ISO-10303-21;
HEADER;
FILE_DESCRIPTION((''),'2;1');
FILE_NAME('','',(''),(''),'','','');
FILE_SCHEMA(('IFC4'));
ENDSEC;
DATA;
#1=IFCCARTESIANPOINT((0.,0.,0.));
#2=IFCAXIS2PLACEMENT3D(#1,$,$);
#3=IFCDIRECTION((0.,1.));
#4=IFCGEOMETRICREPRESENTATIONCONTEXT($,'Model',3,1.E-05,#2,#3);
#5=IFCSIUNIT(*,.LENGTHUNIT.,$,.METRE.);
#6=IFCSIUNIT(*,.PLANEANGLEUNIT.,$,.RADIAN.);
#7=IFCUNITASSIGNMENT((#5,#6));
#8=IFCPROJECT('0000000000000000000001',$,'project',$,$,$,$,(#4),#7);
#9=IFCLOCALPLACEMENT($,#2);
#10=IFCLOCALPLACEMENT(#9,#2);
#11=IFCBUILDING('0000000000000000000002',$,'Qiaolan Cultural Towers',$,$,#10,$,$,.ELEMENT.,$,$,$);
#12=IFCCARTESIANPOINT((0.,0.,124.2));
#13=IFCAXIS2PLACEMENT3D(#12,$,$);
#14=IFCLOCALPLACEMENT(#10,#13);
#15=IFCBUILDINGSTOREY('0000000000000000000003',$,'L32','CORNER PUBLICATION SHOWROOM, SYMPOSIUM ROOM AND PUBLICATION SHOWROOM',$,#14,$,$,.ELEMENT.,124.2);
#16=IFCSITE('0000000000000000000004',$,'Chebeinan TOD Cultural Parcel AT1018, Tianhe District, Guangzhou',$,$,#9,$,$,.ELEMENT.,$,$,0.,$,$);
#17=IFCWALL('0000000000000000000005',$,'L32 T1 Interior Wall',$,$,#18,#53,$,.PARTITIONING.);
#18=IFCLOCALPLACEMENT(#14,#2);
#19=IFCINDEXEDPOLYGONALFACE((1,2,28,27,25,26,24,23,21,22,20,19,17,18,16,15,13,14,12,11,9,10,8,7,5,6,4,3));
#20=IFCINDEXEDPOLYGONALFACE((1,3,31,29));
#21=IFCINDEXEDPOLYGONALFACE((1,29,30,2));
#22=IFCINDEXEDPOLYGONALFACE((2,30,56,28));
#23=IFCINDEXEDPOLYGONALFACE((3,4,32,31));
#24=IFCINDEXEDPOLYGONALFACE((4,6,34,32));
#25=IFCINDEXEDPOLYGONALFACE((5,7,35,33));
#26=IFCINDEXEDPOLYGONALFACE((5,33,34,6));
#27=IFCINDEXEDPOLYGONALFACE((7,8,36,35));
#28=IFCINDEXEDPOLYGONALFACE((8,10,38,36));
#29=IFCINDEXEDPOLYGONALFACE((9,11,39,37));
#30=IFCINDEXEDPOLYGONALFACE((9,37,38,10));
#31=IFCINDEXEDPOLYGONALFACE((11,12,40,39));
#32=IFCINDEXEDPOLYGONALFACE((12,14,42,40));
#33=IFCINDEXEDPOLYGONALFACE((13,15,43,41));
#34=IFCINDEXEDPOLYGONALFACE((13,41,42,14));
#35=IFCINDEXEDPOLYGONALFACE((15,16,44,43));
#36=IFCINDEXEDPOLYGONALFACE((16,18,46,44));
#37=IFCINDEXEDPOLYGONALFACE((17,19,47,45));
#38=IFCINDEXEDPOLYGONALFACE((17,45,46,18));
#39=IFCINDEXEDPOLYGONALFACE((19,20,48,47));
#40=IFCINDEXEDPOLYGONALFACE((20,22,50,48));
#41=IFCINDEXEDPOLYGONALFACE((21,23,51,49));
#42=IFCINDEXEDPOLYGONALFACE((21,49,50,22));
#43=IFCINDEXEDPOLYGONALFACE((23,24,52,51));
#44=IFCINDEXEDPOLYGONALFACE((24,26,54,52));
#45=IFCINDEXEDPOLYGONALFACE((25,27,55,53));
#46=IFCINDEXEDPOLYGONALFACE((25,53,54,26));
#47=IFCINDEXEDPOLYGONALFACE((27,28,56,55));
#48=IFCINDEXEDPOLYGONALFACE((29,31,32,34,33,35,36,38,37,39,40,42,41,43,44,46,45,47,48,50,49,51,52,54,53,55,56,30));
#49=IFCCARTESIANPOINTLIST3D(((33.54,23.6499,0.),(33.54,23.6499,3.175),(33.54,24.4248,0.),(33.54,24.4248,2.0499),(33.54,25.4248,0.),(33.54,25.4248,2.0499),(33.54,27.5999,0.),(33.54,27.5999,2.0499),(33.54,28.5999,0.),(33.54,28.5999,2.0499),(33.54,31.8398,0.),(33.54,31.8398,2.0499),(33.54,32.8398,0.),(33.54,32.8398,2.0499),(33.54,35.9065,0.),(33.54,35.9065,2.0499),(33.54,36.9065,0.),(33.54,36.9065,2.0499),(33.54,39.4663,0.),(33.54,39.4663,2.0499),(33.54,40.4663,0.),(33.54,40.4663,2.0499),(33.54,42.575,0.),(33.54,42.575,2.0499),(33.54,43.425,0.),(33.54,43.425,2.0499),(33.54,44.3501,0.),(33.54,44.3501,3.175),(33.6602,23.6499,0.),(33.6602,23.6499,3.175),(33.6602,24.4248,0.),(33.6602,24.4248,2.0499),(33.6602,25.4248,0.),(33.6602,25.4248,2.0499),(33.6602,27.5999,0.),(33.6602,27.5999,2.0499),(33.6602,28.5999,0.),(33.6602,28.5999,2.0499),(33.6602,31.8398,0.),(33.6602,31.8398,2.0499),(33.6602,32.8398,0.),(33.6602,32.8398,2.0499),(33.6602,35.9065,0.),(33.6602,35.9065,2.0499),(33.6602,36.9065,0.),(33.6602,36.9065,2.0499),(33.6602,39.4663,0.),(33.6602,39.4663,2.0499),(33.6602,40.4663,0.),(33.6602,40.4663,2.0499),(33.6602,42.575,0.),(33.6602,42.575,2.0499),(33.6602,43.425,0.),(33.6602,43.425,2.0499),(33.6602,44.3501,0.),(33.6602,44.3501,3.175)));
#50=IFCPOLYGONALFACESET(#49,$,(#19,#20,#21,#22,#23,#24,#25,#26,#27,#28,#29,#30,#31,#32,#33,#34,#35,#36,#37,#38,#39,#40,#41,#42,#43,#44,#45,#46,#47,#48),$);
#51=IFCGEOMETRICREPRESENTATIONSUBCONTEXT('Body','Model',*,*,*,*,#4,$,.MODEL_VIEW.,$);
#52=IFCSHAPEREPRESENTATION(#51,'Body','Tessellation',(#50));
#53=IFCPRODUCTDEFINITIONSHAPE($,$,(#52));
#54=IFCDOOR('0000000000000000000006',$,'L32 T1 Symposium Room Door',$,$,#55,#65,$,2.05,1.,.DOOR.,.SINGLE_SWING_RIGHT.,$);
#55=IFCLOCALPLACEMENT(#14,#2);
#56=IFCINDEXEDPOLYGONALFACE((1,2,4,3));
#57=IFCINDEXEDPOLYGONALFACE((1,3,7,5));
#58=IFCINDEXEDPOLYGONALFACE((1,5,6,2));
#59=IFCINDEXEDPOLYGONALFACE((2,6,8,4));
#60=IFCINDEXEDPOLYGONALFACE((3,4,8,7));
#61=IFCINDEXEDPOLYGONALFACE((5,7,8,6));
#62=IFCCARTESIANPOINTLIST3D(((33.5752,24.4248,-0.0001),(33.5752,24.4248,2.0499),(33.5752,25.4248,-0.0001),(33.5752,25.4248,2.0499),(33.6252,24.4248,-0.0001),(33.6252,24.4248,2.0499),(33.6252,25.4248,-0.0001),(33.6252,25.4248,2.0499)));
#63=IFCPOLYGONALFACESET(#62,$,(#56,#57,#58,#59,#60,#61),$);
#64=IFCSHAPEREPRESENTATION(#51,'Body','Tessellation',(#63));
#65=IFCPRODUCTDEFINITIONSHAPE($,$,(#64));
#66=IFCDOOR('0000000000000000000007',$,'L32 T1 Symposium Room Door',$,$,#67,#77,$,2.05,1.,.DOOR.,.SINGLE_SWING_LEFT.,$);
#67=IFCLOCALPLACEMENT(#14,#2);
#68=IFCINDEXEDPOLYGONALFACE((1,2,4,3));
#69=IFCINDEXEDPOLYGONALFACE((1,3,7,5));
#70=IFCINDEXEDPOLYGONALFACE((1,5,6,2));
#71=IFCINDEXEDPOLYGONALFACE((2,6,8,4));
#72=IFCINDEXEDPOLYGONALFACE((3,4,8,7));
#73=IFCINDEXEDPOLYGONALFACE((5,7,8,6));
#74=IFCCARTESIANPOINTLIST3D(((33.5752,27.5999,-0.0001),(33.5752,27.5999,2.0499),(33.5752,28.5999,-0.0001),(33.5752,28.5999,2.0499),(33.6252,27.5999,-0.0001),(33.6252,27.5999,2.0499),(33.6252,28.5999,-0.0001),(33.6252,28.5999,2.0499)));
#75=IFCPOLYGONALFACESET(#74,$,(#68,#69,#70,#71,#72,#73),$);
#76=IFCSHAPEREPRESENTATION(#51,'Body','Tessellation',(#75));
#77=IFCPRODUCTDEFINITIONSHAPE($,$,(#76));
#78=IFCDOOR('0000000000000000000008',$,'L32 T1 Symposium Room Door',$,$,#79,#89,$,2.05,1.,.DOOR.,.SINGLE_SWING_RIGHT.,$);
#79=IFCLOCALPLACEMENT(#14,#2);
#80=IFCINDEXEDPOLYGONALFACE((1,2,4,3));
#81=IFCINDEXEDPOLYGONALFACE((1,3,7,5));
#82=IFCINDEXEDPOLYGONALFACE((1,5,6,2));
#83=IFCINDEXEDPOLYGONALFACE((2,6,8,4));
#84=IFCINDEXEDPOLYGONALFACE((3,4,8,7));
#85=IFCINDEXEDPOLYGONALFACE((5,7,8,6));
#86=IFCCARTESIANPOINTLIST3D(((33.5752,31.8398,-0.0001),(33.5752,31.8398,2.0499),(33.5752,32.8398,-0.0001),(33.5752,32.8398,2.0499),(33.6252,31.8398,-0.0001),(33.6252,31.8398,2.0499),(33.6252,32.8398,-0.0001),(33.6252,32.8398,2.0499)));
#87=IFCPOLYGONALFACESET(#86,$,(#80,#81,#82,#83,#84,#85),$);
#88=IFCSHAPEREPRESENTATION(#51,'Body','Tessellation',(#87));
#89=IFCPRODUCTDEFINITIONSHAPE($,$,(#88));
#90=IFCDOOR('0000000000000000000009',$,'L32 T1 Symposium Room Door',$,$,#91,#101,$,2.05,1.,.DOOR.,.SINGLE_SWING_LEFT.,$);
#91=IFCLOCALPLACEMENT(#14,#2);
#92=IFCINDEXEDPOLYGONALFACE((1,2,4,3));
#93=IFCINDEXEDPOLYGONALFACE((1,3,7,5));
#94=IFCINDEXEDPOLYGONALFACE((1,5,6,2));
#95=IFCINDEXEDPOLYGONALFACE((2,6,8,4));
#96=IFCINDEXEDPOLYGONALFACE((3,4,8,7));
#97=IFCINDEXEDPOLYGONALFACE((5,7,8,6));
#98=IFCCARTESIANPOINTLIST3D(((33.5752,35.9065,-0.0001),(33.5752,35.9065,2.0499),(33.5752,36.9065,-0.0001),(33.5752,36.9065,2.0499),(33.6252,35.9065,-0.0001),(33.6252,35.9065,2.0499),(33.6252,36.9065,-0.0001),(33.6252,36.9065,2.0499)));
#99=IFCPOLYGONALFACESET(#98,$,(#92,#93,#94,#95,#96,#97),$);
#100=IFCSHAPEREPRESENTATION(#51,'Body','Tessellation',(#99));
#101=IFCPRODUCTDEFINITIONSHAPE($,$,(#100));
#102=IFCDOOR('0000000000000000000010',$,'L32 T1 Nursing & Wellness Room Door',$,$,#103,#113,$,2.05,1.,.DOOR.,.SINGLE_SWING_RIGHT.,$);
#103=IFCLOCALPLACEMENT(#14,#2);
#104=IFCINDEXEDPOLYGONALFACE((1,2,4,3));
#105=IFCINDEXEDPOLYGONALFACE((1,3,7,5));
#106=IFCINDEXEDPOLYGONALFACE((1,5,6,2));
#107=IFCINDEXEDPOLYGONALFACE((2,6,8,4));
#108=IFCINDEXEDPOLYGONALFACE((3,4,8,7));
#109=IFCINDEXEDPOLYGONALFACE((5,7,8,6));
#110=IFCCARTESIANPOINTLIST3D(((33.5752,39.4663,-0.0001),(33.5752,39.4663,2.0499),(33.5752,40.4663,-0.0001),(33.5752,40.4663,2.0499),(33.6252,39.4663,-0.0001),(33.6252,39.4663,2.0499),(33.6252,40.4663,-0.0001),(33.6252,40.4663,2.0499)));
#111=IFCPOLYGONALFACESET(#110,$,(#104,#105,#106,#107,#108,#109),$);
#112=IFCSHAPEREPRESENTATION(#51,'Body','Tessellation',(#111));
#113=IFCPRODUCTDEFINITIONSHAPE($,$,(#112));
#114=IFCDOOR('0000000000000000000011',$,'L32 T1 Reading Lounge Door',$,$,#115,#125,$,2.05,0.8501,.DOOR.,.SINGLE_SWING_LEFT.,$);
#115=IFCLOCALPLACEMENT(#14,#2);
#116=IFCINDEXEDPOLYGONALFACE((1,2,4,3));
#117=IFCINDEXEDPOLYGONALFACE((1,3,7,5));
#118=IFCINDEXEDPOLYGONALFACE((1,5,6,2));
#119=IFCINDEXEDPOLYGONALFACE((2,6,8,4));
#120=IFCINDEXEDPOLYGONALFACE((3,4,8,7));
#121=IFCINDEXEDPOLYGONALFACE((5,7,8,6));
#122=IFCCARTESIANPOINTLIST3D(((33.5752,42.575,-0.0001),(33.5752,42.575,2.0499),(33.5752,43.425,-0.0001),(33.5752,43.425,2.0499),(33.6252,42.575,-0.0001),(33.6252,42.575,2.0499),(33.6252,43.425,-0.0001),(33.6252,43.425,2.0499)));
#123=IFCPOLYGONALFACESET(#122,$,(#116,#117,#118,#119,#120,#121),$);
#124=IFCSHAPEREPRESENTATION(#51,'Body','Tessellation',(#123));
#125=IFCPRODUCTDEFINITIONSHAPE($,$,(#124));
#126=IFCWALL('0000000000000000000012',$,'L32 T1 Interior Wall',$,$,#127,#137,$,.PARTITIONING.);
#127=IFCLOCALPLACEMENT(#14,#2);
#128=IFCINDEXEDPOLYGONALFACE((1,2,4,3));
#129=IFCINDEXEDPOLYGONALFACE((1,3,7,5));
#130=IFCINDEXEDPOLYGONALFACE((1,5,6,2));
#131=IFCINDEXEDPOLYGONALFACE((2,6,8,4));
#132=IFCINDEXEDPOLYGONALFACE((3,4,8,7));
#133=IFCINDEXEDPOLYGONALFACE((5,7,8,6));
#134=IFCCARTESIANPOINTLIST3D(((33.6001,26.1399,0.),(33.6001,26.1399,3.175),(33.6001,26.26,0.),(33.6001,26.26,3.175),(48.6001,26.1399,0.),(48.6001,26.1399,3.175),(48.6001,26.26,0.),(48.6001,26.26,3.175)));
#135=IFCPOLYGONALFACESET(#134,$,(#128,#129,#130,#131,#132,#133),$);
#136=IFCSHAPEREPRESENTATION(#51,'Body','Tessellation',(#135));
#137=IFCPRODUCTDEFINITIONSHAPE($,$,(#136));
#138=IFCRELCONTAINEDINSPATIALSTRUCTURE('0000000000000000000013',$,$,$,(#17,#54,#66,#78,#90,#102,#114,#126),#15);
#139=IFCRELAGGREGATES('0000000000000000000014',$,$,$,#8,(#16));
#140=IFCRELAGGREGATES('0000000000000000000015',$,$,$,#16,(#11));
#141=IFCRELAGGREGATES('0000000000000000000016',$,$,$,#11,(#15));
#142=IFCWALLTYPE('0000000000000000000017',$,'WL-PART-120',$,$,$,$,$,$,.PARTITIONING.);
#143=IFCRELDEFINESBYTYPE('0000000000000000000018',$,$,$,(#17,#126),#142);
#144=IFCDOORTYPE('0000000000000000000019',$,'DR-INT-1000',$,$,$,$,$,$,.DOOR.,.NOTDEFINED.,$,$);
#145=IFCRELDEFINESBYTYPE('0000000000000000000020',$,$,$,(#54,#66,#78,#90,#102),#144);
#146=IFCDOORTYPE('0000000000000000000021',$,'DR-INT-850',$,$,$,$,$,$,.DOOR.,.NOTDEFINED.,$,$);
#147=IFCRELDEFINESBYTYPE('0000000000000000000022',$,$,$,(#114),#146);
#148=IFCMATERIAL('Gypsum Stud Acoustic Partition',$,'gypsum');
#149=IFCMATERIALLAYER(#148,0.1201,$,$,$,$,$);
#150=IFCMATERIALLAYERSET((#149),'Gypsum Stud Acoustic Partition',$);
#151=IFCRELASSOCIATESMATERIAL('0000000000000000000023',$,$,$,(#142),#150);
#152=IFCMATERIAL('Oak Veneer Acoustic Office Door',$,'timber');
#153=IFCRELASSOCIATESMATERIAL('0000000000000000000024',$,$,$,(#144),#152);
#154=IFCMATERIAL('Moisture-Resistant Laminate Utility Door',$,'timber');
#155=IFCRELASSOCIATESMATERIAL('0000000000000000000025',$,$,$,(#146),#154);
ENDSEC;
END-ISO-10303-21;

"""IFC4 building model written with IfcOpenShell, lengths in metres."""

from ifc_helpers import new_model, si_unit, direction, frame, frame_2d, origin, place, context, subcontext, project, spatial, rectangle, extrude, material, layer, layer_set, type_object, element, fill, save


model = new_model("IFC4")

# Units and contexts
model_context = context("Model", 3, precision=1e-05, world=origin(), true_north=direction((0.0, 1.0)))
body_context = subcontext(model_context, "Body", "Model", "MODEL_VIEW")
ifc_project = project(units=[si_unit("LENGTHUNIT", "METRE"), si_unit("PLANEANGLEUNIT", "RADIAN")], contexts=[model_context])

# Site, building, storey
site_placement = place(None, origin())
site = spatial("IfcSite", under=ifc_project, at=site_placement, Name="Chebeinan TOD Cultural Parcel AT1018, Tianhe District, Guangzhou", CompositionType="ELEMENT", RefElevation=0.0)
building_placement = place(site_placement, origin())
building = spatial("IfcBuilding", under=site, at=building_placement, Name="Qiaolan Cultural Towers", CompositionType="ELEMENT")
storey_placement = place(building_placement, frame((0.0, 0.0, 124.2)))
storey = spatial("IfcBuildingStorey", under=building, at=storey_placement, Name="L32", Description="CORNER PUBLICATION SHOWROOM, SYMPOSIUM ROOM AND PUBLICATION SHOWROOM", CompositionType="ELEMENT", Elevation=124.2)

# Shared definitions
ifc_material_1 = material(Name="Gypsum Stud Acoustic Partition", Category="gypsum")
ifc_layer_1 = layer(ifc_material_1, 0.1201)
ifc_layer_set_1 = layer_set([ifc_layer_1], Name="Gypsum Stud Acoustic Partition")
wall_type_1 = type_object("IfcWallType", Name="WL-PART-120", PredefinedType="PARTITIONING", material=ifc_layer_set_1)

# Wall, openings, doors
wall_1_placement = place(storey_placement, frame((33.6001, 23.6499, 0.0), z_axis=(0.0, 0.0, 1.0), x_axis=(0.0, 1.0, 0.0)))
wall_1 = element("IfcWall", 1, at=wall_1_placement, inside=storey, type_object=wall_type_1, Name="L32 T1 Interior Wall", PredefinedType="PARTITIONING", context=body_context, shape_type="SweptSolid", body=[
    extrude(rectangle(XDim=20.7002, YDim=0.1201, at=frame_2d((10.3501, 0.0))), origin(), (0.0, 0.0, 1.0), 3.175),
])
opening_1_placement = place(wall_1_placement, frame((0.7749, 0.0, 0.0)))
opening_1 = element("IfcOpeningElement", 2, at=opening_1_placement, cuts=wall_1, PredefinedType="OPENING", context=body_context, shape_type="SweptSolid", body=[
    extrude(rectangle(XDim=1.0, YDim=2.05, at=frame_2d((0.5, 1.0249))), frame((0.0, 0.0701, 0.0), z_axis=(0.0, -1.0, 0.0), x_axis=(1.0, 0.0, 0.0)), (0.0, 0.0, 1.0), 0.1401),
])
opening_2_placement = place(wall_1_placement, frame((3.95, 0.0, 0.0)))
opening_2 = element("IfcOpeningElement", 3, at=opening_2_placement, cuts=wall_1, PredefinedType="OPENING", context=body_context, shape_type="SweptSolid", body=[
    extrude(rectangle(XDim=1.0, YDim=2.05, at=frame_2d((0.5, 1.0249))), frame((0.0, 0.0701, 0.0), z_axis=(0.0, -1.0, 0.0), x_axis=(1.0, 0.0, 0.0)), (0.0, 0.0, 1.0), 0.1401),
])
opening_3_placement = place(wall_1_placement, frame((8.1899, 0.0, 0.0)))
opening_3 = element("IfcOpeningElement", 4, at=opening_3_placement, cuts=wall_1, PredefinedType="OPENING", context=body_context, shape_type="SweptSolid", body=[
    extrude(rectangle(XDim=1.0, YDim=2.05, at=frame_2d((0.5, 1.0249))), frame((0.0, 0.0701, 0.0), z_axis=(0.0, -1.0, 0.0), x_axis=(1.0, 0.0, 0.0)), (0.0, 0.0, 1.0), 0.1401),
])
opening_4_placement = place(wall_1_placement, frame((12.2566, 0.0, 0.0)))
opening_4 = element("IfcOpeningElement", 5, at=opening_4_placement, cuts=wall_1, PredefinedType="OPENING", context=body_context, shape_type="SweptSolid", body=[
    extrude(rectangle(XDim=1.0, YDim=2.05, at=frame_2d((0.5, 1.0249))), frame((0.0, 0.0701, 0.0), z_axis=(0.0, -1.0, 0.0), x_axis=(1.0, 0.0, 0.0)), (0.0, 0.0, 1.0), 0.1401),
])
opening_5_placement = place(wall_1_placement, frame((15.8164, 0.0, 0.0)))
opening_5 = element("IfcOpeningElement", 6, at=opening_5_placement, cuts=wall_1, PredefinedType="OPENING", context=body_context, shape_type="SweptSolid", body=[
    extrude(rectangle(XDim=1.0, YDim=2.05, at=frame_2d((0.5, 1.0249))), frame((0.0, 0.0701, 0.0), z_axis=(0.0, -1.0, 0.0), x_axis=(1.0, 0.0, 0.0)), (0.0, 0.0, 1.0), 0.1401),
])
opening_6_placement = place(wall_1_placement, frame((18.925, 0.0, 0.0)))
opening_6 = element("IfcOpeningElement", 7, at=opening_6_placement, cuts=wall_1, PredefinedType="OPENING", context=body_context, shape_type="SweptSolid", body=[
    extrude(rectangle(XDim=0.8501, YDim=2.05, at=frame_2d((0.425, 1.0249))), frame((0.0, 0.0701, 0.0), z_axis=(0.0, -1.0, 0.0), x_axis=(1.0, 0.0, 0.0)), (0.0, 0.0, 1.0), 0.1401),
])
ifc_material_2 = material(Name="Oak Veneer Acoustic Office Door", Category="timber")
door_type_1 = type_object("IfcDoorType", Name="DR-INT-1000", OperationType="NOTDEFINED", PredefinedType="DOOR", material=ifc_material_2)
door_1_placement = place(opening_1_placement, origin())
door_1 = element("IfcDoor", 8, at=door_1_placement, inside=storey, type_object=door_type_1, Name="L32 T1 Symposium Room Door", OperationType="SINGLE_SWING_RIGHT", OverallHeight=2.05, OverallWidth=1.0, PredefinedType="DOOR", context=body_context, shape_type="SweptSolid", body=[
    extrude(rectangle(XDim=1.0, YDim=2.05, at=frame_2d((0.5, 1.0249))), frame((0.0, 0.0249, 0.0), z_axis=(0.0, -1.0, 0.0), x_axis=(1.0, 0.0, 0.0)), (0.0, 0.0, 1.0), 0.05),
])
fill(opening_1, door_1)
door_2_placement = place(opening_2_placement, origin())
door_2 = element("IfcDoor", 9, at=door_2_placement, inside=storey, type_object=door_type_1, Name="L32 T1 Symposium Room Door", OperationType="SINGLE_SWING_LEFT", OverallHeight=2.05, OverallWidth=1.0, PredefinedType="DOOR", context=body_context, shape_type="SweptSolid", body=[
    extrude(rectangle(XDim=1.0, YDim=2.05, at=frame_2d((0.5, 1.0249))), frame((0.0, 0.0249, 0.0), z_axis=(0.0, -1.0, 0.0), x_axis=(1.0, 0.0, 0.0)), (0.0, 0.0, 1.0), 0.05),
])
fill(opening_2, door_2)
door_3_placement = place(opening_3_placement, origin())
door_3 = element("IfcDoor", 10, at=door_3_placement, inside=storey, type_object=door_type_1, Name="L32 T1 Symposium Room Door", OperationType="SINGLE_SWING_RIGHT", OverallHeight=2.05, OverallWidth=1.0, PredefinedType="DOOR", context=body_context, shape_type="SweptSolid", body=[
    extrude(rectangle(XDim=1.0, YDim=2.05, at=frame_2d((0.5, 1.0249))), frame((0.0, 0.0249, 0.0), z_axis=(0.0, -1.0, 0.0), x_axis=(1.0, 0.0, 0.0)), (0.0, 0.0, 1.0), 0.05),
])
fill(opening_3, door_3)
door_4_placement = place(opening_4_placement, origin())
door_4 = element("IfcDoor", 11, at=door_4_placement, inside=storey, type_object=door_type_1, Name="L32 T1 Symposium Room Door", OperationType="SINGLE_SWING_LEFT", OverallHeight=2.05, OverallWidth=1.0, PredefinedType="DOOR", context=body_context, shape_type="SweptSolid", body=[
    extrude(rectangle(XDim=1.0, YDim=2.05, at=frame_2d((0.5, 1.0249))), frame((0.0, 0.0249, 0.0), z_axis=(0.0, -1.0, 0.0), x_axis=(1.0, 0.0, 0.0)), (0.0, 0.0, 1.0), 0.05),
])
fill(opening_4, door_4)
door_5_placement = place(opening_5_placement, origin())
door_5 = element("IfcDoor", 12, at=door_5_placement, inside=storey, type_object=door_type_1, Name="L32 T1 Nursing & Wellness Room Door", OperationType="SINGLE_SWING_RIGHT", OverallHeight=2.05, OverallWidth=1.0, PredefinedType="DOOR", context=body_context, shape_type="SweptSolid", body=[
    extrude(rectangle(XDim=1.0, YDim=2.05, at=frame_2d((0.5, 1.0249))), frame((0.0, 0.0249, 0.0), z_axis=(0.0, -1.0, 0.0), x_axis=(1.0, 0.0, 0.0)), (0.0, 0.0, 1.0), 0.05),
])
fill(opening_5, door_5)
ifc_material_3 = material(Name="Moisture-Resistant Laminate Utility Door", Category="timber")
door_type_2 = type_object("IfcDoorType", Name="DR-INT-850", OperationType="NOTDEFINED", PredefinedType="DOOR", material=ifc_material_3)
door_6_placement = place(opening_6_placement, origin())
door_6 = element("IfcDoor", 13, at=door_6_placement, inside=storey, type_object=door_type_2, Name="L32 T1 Reading Lounge Door", OperationType="SINGLE_SWING_LEFT", OverallHeight=2.05, OverallWidth=0.8501, PredefinedType="DOOR", context=body_context, shape_type="SweptSolid", body=[
    extrude(rectangle(XDim=0.8501, YDim=2.05, at=frame_2d((0.425, 1.0249))), frame((0.0, 0.0249, 0.0), z_axis=(0.0, -1.0, 0.0), x_axis=(1.0, 0.0, 0.0)), (0.0, 0.0, 1.0), 0.05),
])
fill(opening_6, door_6)

# Wall
wall_2_placement = place(storey_placement, frame((33.6001, 26.2, 0.0), z_axis=(0.0, 0.0, 1.0), x_axis=(1.0, 0.0, 0.0)))
element("IfcWall", 14, at=wall_2_placement, inside=storey, type_object=wall_type_1, Name="L32 T1 Interior Wall", PredefinedType="PARTITIONING", context=body_context, shape_type="SweptSolid", body=[
    extrude(rectangle(XDim=15.0, YDim=0.1201, at=frame_2d((7.5, 0.0))), origin(), (0.0, 0.0, 1.0), 3.175),
])

save(model, "model.ifc")
